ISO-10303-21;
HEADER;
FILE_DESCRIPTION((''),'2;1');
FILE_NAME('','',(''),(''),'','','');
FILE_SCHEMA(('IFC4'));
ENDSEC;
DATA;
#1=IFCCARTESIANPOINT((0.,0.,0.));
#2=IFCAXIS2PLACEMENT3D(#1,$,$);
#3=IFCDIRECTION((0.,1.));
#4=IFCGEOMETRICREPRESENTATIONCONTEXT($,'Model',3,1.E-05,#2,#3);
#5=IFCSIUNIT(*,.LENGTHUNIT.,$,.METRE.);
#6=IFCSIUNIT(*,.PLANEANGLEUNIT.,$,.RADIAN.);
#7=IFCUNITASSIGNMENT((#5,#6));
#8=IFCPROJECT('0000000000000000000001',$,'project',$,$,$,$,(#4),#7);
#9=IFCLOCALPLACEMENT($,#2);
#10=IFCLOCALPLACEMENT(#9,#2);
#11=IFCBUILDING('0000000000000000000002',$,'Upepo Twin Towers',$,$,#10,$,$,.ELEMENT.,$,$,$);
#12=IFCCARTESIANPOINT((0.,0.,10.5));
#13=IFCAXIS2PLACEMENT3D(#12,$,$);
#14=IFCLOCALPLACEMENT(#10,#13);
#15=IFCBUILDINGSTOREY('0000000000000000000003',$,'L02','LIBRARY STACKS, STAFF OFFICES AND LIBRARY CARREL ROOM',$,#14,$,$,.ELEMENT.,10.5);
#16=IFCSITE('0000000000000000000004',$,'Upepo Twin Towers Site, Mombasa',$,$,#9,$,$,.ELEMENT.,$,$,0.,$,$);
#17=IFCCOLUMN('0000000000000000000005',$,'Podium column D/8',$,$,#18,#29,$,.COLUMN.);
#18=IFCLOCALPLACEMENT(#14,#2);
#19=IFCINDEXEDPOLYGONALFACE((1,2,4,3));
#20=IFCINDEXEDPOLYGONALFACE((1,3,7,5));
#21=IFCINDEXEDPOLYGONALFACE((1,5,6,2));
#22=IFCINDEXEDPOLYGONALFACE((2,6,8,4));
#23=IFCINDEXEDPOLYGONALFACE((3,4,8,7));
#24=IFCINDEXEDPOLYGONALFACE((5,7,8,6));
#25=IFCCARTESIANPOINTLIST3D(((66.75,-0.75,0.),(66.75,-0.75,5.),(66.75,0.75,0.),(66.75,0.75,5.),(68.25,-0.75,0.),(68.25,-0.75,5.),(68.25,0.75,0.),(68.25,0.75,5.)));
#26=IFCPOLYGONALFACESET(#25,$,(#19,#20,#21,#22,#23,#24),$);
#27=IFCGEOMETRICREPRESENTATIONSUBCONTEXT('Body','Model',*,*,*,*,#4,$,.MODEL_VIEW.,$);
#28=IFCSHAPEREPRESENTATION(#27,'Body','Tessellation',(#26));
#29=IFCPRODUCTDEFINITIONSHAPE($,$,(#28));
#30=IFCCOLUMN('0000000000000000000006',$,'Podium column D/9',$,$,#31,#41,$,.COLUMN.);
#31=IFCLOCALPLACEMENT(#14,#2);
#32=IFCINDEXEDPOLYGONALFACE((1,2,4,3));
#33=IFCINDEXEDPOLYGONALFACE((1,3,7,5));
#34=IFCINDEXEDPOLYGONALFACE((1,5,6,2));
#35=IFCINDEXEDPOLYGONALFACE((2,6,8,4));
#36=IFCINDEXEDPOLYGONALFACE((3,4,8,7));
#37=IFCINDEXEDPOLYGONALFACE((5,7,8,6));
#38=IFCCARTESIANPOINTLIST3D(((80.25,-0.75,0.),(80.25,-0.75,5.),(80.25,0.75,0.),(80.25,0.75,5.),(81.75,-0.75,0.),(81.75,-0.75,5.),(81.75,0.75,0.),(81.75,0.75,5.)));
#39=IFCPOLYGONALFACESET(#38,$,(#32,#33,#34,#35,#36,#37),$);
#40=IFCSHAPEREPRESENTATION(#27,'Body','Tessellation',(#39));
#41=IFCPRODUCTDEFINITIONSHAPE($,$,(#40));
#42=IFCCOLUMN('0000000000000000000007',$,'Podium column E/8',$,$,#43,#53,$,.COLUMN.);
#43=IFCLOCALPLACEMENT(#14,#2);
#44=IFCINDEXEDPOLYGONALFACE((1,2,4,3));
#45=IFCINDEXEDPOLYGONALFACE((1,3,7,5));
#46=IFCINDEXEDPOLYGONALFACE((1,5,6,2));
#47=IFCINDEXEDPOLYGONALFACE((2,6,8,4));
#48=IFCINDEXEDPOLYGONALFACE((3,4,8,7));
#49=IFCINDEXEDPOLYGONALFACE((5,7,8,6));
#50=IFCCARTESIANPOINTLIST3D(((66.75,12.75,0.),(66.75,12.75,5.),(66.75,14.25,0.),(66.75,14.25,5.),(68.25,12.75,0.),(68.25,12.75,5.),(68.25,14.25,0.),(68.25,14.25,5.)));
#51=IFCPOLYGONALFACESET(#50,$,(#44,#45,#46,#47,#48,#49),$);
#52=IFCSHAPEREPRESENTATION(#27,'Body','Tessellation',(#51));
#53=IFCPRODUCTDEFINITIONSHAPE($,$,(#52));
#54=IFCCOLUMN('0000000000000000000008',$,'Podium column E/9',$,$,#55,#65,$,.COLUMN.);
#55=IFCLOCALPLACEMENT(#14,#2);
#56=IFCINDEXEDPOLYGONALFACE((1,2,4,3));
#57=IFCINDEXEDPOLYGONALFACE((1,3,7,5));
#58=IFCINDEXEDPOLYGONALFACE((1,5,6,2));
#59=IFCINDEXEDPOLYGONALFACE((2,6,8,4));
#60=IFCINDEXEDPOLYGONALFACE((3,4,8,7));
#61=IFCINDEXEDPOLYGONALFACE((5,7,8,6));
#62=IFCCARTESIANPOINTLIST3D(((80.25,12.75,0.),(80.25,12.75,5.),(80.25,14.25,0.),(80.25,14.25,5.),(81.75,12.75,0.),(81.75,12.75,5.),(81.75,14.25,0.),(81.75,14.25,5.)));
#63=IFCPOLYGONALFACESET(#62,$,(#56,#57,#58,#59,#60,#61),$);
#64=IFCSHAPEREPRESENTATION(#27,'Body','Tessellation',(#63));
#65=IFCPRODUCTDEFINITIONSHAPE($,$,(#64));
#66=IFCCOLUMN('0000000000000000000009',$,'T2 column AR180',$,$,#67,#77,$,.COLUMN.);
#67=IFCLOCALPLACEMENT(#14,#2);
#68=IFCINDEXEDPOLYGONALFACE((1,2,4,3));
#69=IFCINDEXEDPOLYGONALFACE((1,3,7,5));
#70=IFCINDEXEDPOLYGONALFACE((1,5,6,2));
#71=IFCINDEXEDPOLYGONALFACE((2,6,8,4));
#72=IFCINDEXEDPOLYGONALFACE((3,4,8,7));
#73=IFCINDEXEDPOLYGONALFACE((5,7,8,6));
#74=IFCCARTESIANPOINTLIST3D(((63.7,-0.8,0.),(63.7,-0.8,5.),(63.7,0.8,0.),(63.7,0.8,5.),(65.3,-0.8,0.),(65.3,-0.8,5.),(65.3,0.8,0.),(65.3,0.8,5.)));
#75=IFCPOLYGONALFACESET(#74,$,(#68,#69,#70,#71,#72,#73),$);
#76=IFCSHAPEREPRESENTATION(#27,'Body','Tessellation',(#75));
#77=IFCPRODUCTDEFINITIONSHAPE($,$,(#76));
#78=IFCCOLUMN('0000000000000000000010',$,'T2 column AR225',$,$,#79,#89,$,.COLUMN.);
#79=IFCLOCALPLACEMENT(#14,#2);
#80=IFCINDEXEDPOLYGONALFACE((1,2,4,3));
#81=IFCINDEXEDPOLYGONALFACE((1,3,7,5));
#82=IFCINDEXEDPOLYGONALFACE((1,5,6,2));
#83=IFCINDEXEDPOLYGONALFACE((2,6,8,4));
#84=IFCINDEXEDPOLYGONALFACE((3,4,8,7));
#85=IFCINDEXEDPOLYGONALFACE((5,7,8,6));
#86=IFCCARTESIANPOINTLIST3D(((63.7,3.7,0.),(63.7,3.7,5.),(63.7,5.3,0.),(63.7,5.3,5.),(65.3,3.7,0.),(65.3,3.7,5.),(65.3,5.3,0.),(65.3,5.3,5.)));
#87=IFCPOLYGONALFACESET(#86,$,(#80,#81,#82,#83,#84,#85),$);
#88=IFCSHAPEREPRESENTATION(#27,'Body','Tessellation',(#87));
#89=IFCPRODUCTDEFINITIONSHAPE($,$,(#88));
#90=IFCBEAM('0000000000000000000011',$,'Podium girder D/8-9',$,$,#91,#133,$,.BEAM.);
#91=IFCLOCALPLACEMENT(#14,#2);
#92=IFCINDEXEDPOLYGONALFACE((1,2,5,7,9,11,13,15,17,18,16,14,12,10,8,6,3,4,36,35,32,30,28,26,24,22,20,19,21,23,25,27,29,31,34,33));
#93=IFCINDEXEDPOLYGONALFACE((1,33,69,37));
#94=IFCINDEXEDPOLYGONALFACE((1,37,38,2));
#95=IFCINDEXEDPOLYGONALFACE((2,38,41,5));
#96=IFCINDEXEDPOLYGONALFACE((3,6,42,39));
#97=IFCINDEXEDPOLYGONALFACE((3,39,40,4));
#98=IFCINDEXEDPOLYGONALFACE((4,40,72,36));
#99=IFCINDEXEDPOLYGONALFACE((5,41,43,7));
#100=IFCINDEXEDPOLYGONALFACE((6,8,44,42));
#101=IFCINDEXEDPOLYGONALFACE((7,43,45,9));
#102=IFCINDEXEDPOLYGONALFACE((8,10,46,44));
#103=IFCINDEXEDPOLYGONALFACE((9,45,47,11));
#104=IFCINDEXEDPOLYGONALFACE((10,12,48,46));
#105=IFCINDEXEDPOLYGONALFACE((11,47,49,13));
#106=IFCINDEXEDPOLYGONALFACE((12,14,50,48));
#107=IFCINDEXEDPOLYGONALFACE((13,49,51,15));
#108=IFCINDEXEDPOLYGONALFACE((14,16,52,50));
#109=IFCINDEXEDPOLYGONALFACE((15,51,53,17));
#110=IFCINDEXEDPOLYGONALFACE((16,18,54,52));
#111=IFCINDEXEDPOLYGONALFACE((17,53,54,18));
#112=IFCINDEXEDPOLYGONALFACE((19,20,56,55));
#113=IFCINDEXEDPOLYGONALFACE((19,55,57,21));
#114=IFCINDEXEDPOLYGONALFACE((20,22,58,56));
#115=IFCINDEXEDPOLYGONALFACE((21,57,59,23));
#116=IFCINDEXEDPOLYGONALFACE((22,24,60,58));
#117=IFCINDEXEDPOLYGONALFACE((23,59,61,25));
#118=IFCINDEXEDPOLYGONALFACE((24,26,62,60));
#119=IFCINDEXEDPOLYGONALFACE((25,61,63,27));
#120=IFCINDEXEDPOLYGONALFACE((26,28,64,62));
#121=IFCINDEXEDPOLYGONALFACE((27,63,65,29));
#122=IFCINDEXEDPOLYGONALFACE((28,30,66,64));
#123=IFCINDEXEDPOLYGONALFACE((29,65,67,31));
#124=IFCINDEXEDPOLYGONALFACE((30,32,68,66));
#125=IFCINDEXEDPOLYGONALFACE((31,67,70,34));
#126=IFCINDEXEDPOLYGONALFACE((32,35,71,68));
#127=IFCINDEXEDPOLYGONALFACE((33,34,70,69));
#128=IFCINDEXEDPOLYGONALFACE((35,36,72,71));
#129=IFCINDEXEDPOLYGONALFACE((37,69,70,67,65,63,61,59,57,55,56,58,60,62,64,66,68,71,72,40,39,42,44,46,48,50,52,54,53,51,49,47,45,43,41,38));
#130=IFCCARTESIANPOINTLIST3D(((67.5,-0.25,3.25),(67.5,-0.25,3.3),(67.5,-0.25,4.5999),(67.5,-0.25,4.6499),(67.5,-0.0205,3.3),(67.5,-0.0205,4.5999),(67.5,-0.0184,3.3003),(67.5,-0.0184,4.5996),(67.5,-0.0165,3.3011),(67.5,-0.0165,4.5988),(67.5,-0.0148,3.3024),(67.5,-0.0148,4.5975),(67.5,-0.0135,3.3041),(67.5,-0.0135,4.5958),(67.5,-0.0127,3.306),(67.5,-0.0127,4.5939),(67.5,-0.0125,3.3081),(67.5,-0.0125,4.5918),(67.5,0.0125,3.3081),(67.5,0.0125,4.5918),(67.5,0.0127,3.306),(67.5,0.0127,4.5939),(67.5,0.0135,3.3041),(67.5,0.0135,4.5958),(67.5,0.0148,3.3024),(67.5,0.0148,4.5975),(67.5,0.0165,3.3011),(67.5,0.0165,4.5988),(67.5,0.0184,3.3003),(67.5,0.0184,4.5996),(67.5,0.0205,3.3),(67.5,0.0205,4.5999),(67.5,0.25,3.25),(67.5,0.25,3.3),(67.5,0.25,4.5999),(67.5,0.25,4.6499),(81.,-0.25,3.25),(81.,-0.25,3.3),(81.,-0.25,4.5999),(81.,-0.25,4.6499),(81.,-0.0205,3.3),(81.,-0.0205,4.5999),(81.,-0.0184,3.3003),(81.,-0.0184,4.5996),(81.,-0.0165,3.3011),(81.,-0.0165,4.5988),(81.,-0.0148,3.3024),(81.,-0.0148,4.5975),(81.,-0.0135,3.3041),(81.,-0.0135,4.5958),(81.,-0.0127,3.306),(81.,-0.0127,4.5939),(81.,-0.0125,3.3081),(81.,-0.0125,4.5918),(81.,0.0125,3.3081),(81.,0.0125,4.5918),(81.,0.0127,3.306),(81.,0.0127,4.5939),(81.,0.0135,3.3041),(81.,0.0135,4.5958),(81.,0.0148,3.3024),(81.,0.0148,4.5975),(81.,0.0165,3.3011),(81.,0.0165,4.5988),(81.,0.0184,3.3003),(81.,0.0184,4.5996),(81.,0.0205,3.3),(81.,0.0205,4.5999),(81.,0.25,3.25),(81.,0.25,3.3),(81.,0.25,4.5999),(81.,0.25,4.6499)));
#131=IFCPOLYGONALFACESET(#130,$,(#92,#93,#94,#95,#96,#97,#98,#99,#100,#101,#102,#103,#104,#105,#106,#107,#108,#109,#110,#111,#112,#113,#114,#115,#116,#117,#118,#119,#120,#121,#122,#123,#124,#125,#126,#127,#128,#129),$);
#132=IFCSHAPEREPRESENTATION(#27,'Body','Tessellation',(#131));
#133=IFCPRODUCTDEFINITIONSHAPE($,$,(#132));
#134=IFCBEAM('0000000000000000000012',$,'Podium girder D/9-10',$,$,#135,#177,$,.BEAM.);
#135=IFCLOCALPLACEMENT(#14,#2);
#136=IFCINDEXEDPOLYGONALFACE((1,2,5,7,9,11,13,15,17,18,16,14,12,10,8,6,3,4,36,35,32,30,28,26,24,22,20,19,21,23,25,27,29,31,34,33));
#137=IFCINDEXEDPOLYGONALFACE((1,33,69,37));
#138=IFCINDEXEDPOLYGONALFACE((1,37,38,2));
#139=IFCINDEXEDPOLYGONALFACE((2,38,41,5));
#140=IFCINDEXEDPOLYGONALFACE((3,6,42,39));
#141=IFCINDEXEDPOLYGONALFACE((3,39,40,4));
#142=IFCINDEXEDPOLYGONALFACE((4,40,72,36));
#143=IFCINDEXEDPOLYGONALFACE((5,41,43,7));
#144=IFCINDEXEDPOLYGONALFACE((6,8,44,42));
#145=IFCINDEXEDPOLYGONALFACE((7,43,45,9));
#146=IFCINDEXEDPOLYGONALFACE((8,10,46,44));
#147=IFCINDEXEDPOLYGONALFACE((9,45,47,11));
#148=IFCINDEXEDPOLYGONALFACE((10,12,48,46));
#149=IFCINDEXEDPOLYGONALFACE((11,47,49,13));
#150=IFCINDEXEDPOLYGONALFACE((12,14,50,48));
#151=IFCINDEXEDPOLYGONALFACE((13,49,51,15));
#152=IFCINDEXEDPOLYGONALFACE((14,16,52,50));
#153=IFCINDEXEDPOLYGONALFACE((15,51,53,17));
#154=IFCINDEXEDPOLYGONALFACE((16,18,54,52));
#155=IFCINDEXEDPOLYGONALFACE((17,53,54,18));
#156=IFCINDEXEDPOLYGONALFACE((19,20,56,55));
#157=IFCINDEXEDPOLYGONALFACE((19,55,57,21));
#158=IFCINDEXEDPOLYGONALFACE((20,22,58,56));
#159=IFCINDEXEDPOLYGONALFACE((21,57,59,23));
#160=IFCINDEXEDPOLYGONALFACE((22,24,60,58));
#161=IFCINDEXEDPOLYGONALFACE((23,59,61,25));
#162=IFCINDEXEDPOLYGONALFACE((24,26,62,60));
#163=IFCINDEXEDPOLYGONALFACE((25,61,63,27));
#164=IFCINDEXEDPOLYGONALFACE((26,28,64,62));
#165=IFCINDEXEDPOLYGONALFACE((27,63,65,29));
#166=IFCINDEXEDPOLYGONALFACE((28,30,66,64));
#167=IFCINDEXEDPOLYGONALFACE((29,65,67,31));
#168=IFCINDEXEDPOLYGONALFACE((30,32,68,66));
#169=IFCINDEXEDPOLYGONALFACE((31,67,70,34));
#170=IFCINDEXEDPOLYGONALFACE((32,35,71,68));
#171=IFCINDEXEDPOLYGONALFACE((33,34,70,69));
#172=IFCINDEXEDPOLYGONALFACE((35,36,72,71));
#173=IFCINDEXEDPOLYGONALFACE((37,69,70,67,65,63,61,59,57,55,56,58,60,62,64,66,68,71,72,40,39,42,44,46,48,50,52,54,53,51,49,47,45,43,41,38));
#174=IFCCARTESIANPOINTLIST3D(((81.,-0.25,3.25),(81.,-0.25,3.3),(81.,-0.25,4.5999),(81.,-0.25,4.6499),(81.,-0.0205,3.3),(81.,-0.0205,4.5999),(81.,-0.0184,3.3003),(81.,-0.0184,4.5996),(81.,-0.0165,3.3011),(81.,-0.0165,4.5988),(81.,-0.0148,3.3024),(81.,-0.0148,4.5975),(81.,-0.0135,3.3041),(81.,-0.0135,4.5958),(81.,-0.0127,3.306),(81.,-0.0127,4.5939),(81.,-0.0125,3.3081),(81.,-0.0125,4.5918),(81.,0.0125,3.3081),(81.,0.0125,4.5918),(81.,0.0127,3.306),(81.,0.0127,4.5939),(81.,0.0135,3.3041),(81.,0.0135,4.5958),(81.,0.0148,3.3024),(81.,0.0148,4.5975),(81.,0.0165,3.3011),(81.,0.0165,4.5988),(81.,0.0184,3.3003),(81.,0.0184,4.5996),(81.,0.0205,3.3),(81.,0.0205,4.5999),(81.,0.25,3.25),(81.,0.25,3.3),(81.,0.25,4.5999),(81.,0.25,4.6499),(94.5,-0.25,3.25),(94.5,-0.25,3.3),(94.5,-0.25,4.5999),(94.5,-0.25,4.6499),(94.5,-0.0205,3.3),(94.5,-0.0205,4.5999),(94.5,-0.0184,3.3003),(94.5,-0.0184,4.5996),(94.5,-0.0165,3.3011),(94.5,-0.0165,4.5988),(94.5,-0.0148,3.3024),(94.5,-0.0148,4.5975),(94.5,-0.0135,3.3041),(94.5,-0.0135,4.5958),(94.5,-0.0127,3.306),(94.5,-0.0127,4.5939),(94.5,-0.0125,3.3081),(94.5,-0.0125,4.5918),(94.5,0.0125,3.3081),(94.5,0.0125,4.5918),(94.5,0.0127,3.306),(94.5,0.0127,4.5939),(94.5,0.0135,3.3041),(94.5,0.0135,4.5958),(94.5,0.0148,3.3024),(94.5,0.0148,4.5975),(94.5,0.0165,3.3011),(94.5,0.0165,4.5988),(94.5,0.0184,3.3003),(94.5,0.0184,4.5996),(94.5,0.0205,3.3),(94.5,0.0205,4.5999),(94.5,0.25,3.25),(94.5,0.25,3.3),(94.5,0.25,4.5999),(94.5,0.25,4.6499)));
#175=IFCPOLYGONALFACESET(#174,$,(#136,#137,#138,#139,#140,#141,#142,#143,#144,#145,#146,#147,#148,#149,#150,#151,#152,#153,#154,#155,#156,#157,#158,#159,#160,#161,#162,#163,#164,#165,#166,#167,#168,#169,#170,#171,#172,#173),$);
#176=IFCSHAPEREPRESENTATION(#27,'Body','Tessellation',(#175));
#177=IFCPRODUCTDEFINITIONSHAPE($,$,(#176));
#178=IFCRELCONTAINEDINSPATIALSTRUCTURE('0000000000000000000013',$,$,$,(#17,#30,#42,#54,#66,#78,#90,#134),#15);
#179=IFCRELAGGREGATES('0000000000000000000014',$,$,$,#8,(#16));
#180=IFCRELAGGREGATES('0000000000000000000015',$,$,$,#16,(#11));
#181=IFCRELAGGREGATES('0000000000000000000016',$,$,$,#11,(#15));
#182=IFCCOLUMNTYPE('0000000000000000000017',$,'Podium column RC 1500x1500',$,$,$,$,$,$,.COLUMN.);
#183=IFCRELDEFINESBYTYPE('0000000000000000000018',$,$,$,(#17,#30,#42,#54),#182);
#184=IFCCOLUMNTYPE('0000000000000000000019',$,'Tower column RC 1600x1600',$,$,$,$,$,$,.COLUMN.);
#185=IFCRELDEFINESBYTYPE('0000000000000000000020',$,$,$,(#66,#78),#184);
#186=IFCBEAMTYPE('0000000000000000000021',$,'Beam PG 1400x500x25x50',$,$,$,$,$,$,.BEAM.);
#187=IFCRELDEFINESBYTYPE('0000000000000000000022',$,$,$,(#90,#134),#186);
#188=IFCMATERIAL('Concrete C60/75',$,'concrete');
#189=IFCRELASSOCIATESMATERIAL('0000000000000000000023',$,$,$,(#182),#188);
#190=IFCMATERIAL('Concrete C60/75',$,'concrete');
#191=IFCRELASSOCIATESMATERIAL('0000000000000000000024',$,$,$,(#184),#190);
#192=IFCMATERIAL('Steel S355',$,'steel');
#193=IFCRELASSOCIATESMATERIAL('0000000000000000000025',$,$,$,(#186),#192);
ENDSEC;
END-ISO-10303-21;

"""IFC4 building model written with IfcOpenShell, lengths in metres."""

from ifc_helpers import new_model, si_unit, direction, frame, origin, origin_2d, place, context, subcontext, project, spatial, rectangle, i_section, extrude, material, material_profile, profile_set, type_object, element, save


model = new_model("IFC4")

# Units and contexts
model_context = context("Model", 3, precision=1e-05, world=origin(), true_north=direction((0.0, 1.0)))
body_context = subcontext(model_context, "Body", "Model", "MODEL_VIEW")
ifc_project = project(units=[si_unit("LENGTHUNIT", "METRE"), si_unit("PLANEANGLEUNIT", "RADIAN")], contexts=[model_context])

# Site, building, storey
site_placement = place(None, origin())
site = spatial("IfcSite", under=ifc_project, at=site_placement, Name="Upepo Twin Towers Site, Mombasa", CompositionType="ELEMENT", RefElevation=0.0)
building_placement = place(site_placement, origin())
building = spatial("IfcBuilding", under=site, at=building_placement, Name="Upepo Twin Towers", CompositionType="ELEMENT")
storey_placement = place(building_placement, frame((0.0, 0.0, 10.5)))
storey = spatial("IfcBuildingStorey", under=building, at=storey_placement, Name="L02", Description="LIBRARY STACKS, STAFF OFFICES AND LIBRARY CARREL ROOM", CompositionType="ELEMENT", Elevation=10.5)

# Columns
ifc_material_1 = material(Name="Concrete C60/75", Category="concrete")
ifc_material_profile_1 = material_profile(ifc_material_1, rectangle(XDim=1.5, YDim=1.5, at=origin_2d()), Name="RC 1500x1500")
ifc_profile_set_1 = profile_set([ifc_material_profile_1], Name="Concrete C60/75")
column_type_1 = type_object("IfcColumnType", Name="Podium column RC 1500x1500", PredefinedType="COLUMN", material=ifc_profile_set_1)
for number, where, z_axis, x_axis, name in (
    (1, (67.5, 0.0, 0.0), (0.0, 0.0, 1.0), (1.0, 0.0, 0.0), "Podium column D/8"),
    (2, (81.0, 0.0, 0.0), (0.0, 0.0, 1.0), (1.0, 0.0, 0.0), "Podium column D/9"),
    (3, (67.5, 13.5, 0.0), (0.0, 0.0, 1.0), (1.0, 0.0, 0.0), "Podium column E/8"),
    (4, (81.0, 13.5, 0.0), (0.0, 0.0, 1.0), (1.0, 0.0, 0.0), "Podium column E/9"),
):
    element("IfcColumn", number, at=place(storey_placement, frame(where, z_axis=z_axis, x_axis=x_axis)), inside=storey, type_object=column_type_1, Name=name, PredefinedType="COLUMN", context=body_context, shape_type="SweptSolid", body=[
        extrude(rectangle(XDim=1.5, YDim=1.5, at=origin_2d()), origin(), (0.0, 0.0, 1.0), 5.0),
    ])
ifc_material_2 = material(Name="Concrete C60/75", Category="concrete")
ifc_material_profile_2 = material_profile(ifc_material_2, rectangle(XDim=1.6001, YDim=1.6001, at=origin_2d()), Name="RC 1600x1600")
ifc_profile_set_2 = profile_set([ifc_material_profile_2], Name="Concrete C60/75")
column_type_2 = type_object("IfcColumnType", Name="Tower column RC 1600x1600", PredefinedType="COLUMN", material=ifc_profile_set_2)
for number, where, z_axis, x_axis, name in (
    (5, (64.5, 0.0, 0.0), (0.0, 0.0, 1.0), (1.0, 0.0, 0.0), "T2 column AR180"),
    (6, (64.5, 4.5, 0.0), (0.0, 0.0, 1.0), (1.0, 0.0, 0.0), "T2 column AR225"),
):
    element("IfcColumn", number, at=place(storey_placement, frame(where, z_axis=z_axis, x_axis=x_axis)), inside=storey, type_object=column_type_2, Name=name, PredefinedType="COLUMN", context=body_context, shape_type="SweptSolid", body=[
        extrude(rectangle(XDim=1.6001, YDim=1.6001, at=origin_2d()), origin(), (0.0, 0.0, 1.0), 5.0),
    ])

# Beams
ifc_material_3 = material(Name="Steel S355", Category="steel")
ifc_material_profile_3 = material_profile(ifc_material_3, i_section(OverallWidth=0.5, OverallDepth=1.3999, WebThickness=0.0249, FlangeThickness=0.05, FilletRadius=0.0081, at=origin_2d()), Name="PG 1400x500x25x50")
ifc_profile_set_3 = profile_set([ifc_material_profile_3], Name="Steel S355")
beam_type_1 = type_object("IfcBeamType", Name="Beam PG 1400x500x25x50", PredefinedType="BEAM", material=ifc_profile_set_3)
for number, where, z_axis, x_axis, name in (
    (7, (67.5, 0.0, 3.95), (1.0, 0.0, 0.0), (0.0, 1.0, 0.0), "Podium girder D/8-9"),
    (8, (81.0, 0.0, 3.95), (1.0, 0.0, 0.0), (0.0, 1.0, 0.0), "Podium girder D/9-10"),
):
    element("IfcBeam", number, at=place(storey_placement, frame(where, z_axis=z_axis, x_axis=x_axis)), inside=storey, type_object=beam_type_1, Name=name, PredefinedType="BEAM", context=body_context, shape_type="SweptSolid", body=[
        extrude(i_section(OverallWidth=0.5, OverallDepth=1.3999, WebThickness=0.0249, FlangeThickness=0.05, FilletRadius=0.0081, at=origin_2d()), origin(), (0.0, 0.0, 1.0), 13.5),
    ])

save(model, "model.ifc")
